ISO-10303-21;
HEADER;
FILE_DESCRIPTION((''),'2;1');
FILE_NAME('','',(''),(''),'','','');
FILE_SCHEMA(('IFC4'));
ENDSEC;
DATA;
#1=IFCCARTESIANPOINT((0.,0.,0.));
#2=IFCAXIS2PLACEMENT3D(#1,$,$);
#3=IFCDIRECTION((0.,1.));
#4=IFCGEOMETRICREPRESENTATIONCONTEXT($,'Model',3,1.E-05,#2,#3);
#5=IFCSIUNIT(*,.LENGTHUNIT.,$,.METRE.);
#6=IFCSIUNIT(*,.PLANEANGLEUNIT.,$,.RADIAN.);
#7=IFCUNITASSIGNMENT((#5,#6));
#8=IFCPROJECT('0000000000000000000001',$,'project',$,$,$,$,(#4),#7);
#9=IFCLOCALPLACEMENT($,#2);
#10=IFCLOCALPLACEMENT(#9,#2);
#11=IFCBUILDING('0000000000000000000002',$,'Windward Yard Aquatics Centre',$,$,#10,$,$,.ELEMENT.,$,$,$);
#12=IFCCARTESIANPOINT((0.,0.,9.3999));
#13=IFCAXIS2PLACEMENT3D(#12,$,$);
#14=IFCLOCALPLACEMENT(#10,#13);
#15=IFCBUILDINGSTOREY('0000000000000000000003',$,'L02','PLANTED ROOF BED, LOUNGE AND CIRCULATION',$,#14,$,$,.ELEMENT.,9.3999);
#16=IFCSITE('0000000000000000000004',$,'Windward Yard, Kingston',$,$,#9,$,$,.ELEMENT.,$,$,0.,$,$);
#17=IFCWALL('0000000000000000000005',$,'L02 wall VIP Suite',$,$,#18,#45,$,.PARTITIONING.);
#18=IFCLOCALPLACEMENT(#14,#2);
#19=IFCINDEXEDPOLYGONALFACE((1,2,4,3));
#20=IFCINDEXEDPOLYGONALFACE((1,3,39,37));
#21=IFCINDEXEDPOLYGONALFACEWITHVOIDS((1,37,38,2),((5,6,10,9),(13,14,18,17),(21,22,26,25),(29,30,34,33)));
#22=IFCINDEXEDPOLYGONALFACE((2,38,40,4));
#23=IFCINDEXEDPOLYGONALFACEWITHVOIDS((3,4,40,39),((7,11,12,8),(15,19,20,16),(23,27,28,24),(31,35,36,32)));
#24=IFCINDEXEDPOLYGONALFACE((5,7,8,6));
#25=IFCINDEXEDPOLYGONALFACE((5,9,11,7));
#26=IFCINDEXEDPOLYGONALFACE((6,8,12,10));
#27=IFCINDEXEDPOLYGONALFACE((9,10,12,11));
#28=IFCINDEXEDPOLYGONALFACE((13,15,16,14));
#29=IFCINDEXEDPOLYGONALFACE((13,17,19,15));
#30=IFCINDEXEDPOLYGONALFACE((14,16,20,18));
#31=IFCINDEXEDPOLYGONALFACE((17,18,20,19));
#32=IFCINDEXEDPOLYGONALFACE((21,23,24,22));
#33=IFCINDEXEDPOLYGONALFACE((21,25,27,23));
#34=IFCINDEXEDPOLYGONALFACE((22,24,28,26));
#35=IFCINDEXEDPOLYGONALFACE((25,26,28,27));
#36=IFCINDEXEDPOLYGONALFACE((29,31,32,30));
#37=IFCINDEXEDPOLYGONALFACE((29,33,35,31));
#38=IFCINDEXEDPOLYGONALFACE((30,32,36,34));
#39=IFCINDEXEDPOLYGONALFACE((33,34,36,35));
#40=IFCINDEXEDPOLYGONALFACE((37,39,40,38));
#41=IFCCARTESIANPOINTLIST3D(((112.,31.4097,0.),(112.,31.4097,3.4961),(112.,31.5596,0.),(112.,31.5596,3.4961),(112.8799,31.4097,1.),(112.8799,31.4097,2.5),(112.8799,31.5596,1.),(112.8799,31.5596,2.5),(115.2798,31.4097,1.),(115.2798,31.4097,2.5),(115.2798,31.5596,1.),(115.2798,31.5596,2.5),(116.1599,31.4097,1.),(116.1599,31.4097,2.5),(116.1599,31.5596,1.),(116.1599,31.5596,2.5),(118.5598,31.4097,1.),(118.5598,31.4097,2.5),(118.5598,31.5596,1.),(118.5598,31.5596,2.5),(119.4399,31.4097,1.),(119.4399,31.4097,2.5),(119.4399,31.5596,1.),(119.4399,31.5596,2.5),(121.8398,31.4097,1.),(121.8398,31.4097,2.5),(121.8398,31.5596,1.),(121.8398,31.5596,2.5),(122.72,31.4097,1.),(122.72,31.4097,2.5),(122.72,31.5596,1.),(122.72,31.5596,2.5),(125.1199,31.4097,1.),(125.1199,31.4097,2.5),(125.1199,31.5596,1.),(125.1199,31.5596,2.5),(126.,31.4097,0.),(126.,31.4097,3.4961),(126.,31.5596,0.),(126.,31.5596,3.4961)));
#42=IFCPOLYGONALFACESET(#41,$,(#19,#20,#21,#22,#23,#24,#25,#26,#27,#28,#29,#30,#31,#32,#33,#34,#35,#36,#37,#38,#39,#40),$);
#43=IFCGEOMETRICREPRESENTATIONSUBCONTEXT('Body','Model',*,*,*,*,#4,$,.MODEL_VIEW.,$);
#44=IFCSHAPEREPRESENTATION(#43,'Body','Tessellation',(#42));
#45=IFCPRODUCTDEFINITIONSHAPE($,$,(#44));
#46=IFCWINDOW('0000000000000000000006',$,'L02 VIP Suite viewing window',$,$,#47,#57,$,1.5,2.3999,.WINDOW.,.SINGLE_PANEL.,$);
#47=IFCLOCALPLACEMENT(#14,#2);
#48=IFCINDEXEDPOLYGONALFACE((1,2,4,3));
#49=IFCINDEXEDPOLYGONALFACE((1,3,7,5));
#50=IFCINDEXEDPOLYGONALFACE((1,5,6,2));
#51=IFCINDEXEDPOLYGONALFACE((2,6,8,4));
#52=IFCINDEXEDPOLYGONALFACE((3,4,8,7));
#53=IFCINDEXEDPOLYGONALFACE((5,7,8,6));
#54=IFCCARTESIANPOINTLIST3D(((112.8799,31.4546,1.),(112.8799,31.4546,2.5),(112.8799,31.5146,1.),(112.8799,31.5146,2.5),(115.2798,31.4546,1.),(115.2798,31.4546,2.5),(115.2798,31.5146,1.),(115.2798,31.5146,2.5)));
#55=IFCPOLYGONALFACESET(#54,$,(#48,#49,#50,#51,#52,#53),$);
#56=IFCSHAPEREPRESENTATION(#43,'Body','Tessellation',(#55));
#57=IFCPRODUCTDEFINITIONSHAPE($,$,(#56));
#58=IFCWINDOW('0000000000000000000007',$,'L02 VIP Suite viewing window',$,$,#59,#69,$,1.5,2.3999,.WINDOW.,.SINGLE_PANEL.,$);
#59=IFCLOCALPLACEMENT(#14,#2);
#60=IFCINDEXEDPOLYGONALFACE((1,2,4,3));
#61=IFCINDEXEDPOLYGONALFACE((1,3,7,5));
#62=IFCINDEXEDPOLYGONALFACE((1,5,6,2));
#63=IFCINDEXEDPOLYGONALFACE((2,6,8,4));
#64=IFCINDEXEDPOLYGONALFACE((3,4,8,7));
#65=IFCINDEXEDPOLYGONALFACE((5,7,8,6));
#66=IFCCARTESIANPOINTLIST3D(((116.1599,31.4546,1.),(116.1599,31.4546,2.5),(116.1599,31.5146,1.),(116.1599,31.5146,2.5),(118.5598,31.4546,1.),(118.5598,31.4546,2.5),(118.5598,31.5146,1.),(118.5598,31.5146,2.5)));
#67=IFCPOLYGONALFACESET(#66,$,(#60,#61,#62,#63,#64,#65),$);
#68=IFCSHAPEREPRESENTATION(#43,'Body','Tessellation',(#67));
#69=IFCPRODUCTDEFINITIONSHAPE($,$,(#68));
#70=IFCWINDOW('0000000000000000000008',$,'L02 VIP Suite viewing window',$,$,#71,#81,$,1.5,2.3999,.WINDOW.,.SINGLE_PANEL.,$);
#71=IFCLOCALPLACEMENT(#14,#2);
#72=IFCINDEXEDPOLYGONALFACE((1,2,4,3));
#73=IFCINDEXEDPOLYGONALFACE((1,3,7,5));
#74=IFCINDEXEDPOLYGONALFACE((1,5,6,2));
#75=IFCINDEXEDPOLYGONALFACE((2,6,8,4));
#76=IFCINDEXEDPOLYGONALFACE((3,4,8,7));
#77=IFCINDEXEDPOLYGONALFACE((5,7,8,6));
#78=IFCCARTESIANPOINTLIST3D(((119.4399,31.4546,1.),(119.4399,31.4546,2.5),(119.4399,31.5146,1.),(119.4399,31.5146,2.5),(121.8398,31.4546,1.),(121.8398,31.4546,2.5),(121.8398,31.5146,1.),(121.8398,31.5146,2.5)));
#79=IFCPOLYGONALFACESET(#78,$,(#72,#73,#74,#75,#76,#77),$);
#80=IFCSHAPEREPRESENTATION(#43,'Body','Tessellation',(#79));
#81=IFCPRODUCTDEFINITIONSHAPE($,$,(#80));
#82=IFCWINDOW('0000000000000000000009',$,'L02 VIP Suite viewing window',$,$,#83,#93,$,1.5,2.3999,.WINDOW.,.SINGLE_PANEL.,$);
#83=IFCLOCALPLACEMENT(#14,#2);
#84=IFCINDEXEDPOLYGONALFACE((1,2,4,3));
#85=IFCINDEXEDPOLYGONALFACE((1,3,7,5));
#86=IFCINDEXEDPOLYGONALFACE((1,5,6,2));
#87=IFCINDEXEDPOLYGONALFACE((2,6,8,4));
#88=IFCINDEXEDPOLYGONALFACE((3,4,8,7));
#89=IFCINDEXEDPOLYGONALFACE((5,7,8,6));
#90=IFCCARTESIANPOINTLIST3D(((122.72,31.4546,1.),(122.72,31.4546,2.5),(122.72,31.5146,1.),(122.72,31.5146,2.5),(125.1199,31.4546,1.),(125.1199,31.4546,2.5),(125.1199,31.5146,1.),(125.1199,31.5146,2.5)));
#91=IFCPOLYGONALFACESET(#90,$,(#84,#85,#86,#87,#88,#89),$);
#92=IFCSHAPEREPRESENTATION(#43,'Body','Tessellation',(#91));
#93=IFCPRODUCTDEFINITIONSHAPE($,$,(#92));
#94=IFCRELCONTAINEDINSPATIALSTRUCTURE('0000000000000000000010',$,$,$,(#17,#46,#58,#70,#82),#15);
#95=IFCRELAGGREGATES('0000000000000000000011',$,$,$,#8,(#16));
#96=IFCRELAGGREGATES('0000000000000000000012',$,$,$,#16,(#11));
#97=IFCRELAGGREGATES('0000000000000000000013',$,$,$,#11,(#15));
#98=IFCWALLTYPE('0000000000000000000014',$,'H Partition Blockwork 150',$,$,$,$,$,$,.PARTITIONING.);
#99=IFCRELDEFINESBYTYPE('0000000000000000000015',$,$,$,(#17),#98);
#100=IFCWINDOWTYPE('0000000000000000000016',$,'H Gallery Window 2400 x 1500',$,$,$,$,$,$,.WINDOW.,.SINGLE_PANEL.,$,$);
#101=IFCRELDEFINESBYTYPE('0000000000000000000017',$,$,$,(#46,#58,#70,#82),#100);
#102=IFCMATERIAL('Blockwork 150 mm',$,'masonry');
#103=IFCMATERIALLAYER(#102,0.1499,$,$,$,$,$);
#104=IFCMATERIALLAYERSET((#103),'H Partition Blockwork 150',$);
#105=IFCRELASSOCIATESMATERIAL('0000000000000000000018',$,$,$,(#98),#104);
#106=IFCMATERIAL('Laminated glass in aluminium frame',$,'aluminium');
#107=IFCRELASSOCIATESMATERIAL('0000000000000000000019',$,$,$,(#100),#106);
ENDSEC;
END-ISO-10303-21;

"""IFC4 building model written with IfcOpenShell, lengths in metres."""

from ifc_helpers import new_model, si_unit, direction, frame, frame_2d, origin, place, context, subcontext, project, spatial, rectangle, extrude, material, layer, layer_set, type_object, element, fill, save


model = new_model("IFC4")

# Units and contexts
model_context = context("Model", 3, precision=1e-05, world=origin(), true_north=direction((0.0, 1.0)))
body_context = subcontext(model_context, "Body", "Model", "MODEL_VIEW")
ifc_project = project(units=[si_unit("LENGTHUNIT", "METRE"), si_unit("PLANEANGLEUNIT", "RADIAN")], contexts=[model_context])

# Site, building, storey
site_placement = place(None, origin())
site = spatial("IfcSite", under=ifc_project, at=site_placement, Name="Windward Yard, Kingston", CompositionType="ELEMENT", RefElevation=0.0)
building_placement = place(site_placement, origin())
building = spatial("IfcBuilding", under=site, at=building_placement, Name="Windward Yard Aquatics Centre", CompositionType="ELEMENT")
storey_placement = place(building_placement, frame((0.0, 0.0, 9.3999)))
storey = spatial("IfcBuildingStorey", under=building, at=storey_placement, Name="L02", Description="PLANTED ROOF BED, LOUNGE AND CIRCULATION", CompositionType="ELEMENT", Elevation=9.3999)

# Shared definitions
ifc_material_1 = material(Name="Blockwork 150 mm", Category="masonry")
ifc_layer_1 = layer(ifc_material_1, 0.1499)
ifc_layer_set_1 = layer_set([ifc_layer_1], Name="H Partition Blockwork 150")
wall_type = type_object("IfcWallType", Name="H Partition Blockwork 150", PredefinedType="PARTITIONING", material=ifc_layer_set_1)

# Shared definitions
ifc_material_2 = material(Name="Laminated glass in aluminium frame", Category="aluminium")
window_type = type_object("IfcWindowType", Name="H Gallery Window 2400 x 1500", PartitioningType="SINGLE_PANEL", PredefinedType="WINDOW", material=ifc_material_2)

# Wall, openings, windows
wall_1_placement = place(storey_placement, frame((112.0, 31.4846, 0.0), z_axis=(0.0, 0.0, 1.0), x_axis=(1.0, 0.0, 0.0)))
wall_1 = element("IfcWall", 1, at=wall_1_placement, inside=storey, type_object=wall_type, Name="L02 wall VIP Suite", PredefinedType="PARTITIONING", context=body_context, shape_type="SweptSolid", body=[
    extrude(rectangle(XDim=14.0, YDim=0.1499, at=frame_2d((7.0, 0.0))), origin(), (0.0, 0.0, 1.0), 3.4961),
])
opening_1_placement = place(wall_1_placement, frame((0.8799, 0.0, 1.0)))
opening_1 = element("IfcOpeningElement", 2, at=opening_1_placement, cuts=wall_1, PredefinedType="OPENING", context=body_context, shape_type="SweptSolid", body=[
    extrude(rectangle(XDim=2.3999, YDim=1.5, at=frame_2d((1.2, 0.75))), frame((0.0, 0.085, 0.0), z_axis=(0.0, -1.0, 0.0), x_axis=(1.0, 0.0, 0.0)), (0.0, 0.0, 1.0), 0.1699),
])
opening_2_placement = place(wall_1_placement, frame((4.1599, 0.0, 1.0)))
opening_2 = element("IfcOpeningElement", 3, at=opening_2_placement, cuts=wall_1, PredefinedType="OPENING", context=body_context, shape_type="SweptSolid", body=[
    extrude(rectangle(XDim=2.3999, YDim=1.5, at=frame_2d((1.2, 0.75))), frame((0.0, 0.085, 0.0), z_axis=(0.0, -1.0, 0.0), x_axis=(1.0, 0.0, 0.0)), (0.0, 0.0, 1.0), 0.1699),
])
opening_3_placement = place(wall_1_placement, frame((7.4399, 0.0, 1.0)))
opening_3 = element("IfcOpeningElement", 4, at=opening_3_placement, cuts=wall_1, PredefinedType="OPENING", context=body_context, shape_type="SweptSolid", body=[
    extrude(rectangle(XDim=2.3999, YDim=1.5, at=frame_2d((1.2, 0.75))), frame((0.0, 0.085, 0.0), z_axis=(0.0, -1.0, 0.0), x_axis=(1.0, 0.0, 0.0)), (0.0, 0.0, 1.0), 0.1699),
])
opening_4_placement = place(wall_1_placement, frame((10.72, 0.0, 1.0)))
opening_4 = element("IfcOpeningElement", 5, at=opening_4_placement, cuts=wall_1, PredefinedType="OPENING", context=body_context, shape_type="SweptSolid", body=[
    extrude(rectangle(XDim=2.3999, YDim=1.5, at=frame_2d((1.2, 0.75))), frame((0.0, 0.085, 0.0), z_axis=(0.0, -1.0, 0.0), x_axis=(1.0, 0.0, 0.0)), (0.0, 0.0, 1.0), 0.1699),
])
window_1_placement = place(opening_1_placement, origin())
window_1 = element("IfcWindow", 6, at=window_1_placement, inside=storey, type_object=window_type, Name="L02 VIP Suite viewing window", OverallHeight=1.5, OverallWidth=2.3999, PartitioningType="SINGLE_PANEL", PredefinedType="WINDOW", context=body_context, shape_type="SweptSolid", body=[
    extrude(rectangle(XDim=2.3999, YDim=1.5, at=frame_2d((1.2, 0.75))), frame((0.0, 0.03, 0.0), z_axis=(0.0, -1.0, 0.0), x_axis=(1.0, 0.0, 0.0)), (0.0, 0.0, 1.0), 0.0601),
])
fill(opening_1, window_1)
window_2_placement = place(opening_2_placement, origin())
window_2 = element("IfcWindow", 7, at=window_2_placement, inside=storey, type_object=window_type, Name="L02 VIP Suite viewing window", OverallHeight=1.5, OverallWidth=2.3999, PartitioningType="SINGLE_PANEL", PredefinedType="WINDOW", context=body_context, shape_type="SweptSolid", body=[
    extrude(rectangle(XDim=2.3999, YDim=1.5, at=frame_2d((1.2, 0.75))), frame((0.0, 0.03, 0.0), z_axis=(0.0, -1.0, 0.0), x_axis=(1.0, 0.0, 0.0)), (0.0, 0.0, 1.0), 0.0601),
])
fill(opening_2, window_2)
window_3_placement = place(opening_3_placement, origin())
window_3 = element("IfcWindow", 8, at=window_3_placement, inside=storey, type_object=window_type, Name="L02 VIP Suite viewing window", OverallHeight=1.5, OverallWidth=2.3999, PartitioningType="SINGLE_PANEL", PredefinedType="WINDOW", context=body_context, shape_type="SweptSolid", body=[
    extrude(rectangle(XDim=2.3999, YDim=1.5, at=frame_2d((1.2, 0.75))), frame((0.0, 0.03, 0.0), z_axis=(0.0, -1.0, 0.0), x_axis=(1.0, 0.0, 0.0)), (0.0, 0.0, 1.0), 0.0601),
])
fill(opening_3, window_3)
window_4_placement = place(opening_4_placement, origin())
window_4 = element("IfcWindow", 9, at=window_4_placement, inside=storey, type_object=window_type, Name="L02 VIP Suite viewing window", OverallHeight=1.5, OverallWidth=2.3999, PartitioningType="SINGLE_PANEL", PredefinedType="WINDOW", context=body_context, shape_type="SweptSolid", body=[
    extrude(rectangle(XDim=2.3999, YDim=1.5, at=frame_2d((1.2, 0.75))), frame((0.0, 0.03, 0.0), z_axis=(0.0, -1.0, 0.0), x_axis=(1.0, 0.0, 0.0)), (0.0, 0.0, 1.0), 0.0601),
])
fill(opening_4, window_4)

save(model, "model.ifc")
